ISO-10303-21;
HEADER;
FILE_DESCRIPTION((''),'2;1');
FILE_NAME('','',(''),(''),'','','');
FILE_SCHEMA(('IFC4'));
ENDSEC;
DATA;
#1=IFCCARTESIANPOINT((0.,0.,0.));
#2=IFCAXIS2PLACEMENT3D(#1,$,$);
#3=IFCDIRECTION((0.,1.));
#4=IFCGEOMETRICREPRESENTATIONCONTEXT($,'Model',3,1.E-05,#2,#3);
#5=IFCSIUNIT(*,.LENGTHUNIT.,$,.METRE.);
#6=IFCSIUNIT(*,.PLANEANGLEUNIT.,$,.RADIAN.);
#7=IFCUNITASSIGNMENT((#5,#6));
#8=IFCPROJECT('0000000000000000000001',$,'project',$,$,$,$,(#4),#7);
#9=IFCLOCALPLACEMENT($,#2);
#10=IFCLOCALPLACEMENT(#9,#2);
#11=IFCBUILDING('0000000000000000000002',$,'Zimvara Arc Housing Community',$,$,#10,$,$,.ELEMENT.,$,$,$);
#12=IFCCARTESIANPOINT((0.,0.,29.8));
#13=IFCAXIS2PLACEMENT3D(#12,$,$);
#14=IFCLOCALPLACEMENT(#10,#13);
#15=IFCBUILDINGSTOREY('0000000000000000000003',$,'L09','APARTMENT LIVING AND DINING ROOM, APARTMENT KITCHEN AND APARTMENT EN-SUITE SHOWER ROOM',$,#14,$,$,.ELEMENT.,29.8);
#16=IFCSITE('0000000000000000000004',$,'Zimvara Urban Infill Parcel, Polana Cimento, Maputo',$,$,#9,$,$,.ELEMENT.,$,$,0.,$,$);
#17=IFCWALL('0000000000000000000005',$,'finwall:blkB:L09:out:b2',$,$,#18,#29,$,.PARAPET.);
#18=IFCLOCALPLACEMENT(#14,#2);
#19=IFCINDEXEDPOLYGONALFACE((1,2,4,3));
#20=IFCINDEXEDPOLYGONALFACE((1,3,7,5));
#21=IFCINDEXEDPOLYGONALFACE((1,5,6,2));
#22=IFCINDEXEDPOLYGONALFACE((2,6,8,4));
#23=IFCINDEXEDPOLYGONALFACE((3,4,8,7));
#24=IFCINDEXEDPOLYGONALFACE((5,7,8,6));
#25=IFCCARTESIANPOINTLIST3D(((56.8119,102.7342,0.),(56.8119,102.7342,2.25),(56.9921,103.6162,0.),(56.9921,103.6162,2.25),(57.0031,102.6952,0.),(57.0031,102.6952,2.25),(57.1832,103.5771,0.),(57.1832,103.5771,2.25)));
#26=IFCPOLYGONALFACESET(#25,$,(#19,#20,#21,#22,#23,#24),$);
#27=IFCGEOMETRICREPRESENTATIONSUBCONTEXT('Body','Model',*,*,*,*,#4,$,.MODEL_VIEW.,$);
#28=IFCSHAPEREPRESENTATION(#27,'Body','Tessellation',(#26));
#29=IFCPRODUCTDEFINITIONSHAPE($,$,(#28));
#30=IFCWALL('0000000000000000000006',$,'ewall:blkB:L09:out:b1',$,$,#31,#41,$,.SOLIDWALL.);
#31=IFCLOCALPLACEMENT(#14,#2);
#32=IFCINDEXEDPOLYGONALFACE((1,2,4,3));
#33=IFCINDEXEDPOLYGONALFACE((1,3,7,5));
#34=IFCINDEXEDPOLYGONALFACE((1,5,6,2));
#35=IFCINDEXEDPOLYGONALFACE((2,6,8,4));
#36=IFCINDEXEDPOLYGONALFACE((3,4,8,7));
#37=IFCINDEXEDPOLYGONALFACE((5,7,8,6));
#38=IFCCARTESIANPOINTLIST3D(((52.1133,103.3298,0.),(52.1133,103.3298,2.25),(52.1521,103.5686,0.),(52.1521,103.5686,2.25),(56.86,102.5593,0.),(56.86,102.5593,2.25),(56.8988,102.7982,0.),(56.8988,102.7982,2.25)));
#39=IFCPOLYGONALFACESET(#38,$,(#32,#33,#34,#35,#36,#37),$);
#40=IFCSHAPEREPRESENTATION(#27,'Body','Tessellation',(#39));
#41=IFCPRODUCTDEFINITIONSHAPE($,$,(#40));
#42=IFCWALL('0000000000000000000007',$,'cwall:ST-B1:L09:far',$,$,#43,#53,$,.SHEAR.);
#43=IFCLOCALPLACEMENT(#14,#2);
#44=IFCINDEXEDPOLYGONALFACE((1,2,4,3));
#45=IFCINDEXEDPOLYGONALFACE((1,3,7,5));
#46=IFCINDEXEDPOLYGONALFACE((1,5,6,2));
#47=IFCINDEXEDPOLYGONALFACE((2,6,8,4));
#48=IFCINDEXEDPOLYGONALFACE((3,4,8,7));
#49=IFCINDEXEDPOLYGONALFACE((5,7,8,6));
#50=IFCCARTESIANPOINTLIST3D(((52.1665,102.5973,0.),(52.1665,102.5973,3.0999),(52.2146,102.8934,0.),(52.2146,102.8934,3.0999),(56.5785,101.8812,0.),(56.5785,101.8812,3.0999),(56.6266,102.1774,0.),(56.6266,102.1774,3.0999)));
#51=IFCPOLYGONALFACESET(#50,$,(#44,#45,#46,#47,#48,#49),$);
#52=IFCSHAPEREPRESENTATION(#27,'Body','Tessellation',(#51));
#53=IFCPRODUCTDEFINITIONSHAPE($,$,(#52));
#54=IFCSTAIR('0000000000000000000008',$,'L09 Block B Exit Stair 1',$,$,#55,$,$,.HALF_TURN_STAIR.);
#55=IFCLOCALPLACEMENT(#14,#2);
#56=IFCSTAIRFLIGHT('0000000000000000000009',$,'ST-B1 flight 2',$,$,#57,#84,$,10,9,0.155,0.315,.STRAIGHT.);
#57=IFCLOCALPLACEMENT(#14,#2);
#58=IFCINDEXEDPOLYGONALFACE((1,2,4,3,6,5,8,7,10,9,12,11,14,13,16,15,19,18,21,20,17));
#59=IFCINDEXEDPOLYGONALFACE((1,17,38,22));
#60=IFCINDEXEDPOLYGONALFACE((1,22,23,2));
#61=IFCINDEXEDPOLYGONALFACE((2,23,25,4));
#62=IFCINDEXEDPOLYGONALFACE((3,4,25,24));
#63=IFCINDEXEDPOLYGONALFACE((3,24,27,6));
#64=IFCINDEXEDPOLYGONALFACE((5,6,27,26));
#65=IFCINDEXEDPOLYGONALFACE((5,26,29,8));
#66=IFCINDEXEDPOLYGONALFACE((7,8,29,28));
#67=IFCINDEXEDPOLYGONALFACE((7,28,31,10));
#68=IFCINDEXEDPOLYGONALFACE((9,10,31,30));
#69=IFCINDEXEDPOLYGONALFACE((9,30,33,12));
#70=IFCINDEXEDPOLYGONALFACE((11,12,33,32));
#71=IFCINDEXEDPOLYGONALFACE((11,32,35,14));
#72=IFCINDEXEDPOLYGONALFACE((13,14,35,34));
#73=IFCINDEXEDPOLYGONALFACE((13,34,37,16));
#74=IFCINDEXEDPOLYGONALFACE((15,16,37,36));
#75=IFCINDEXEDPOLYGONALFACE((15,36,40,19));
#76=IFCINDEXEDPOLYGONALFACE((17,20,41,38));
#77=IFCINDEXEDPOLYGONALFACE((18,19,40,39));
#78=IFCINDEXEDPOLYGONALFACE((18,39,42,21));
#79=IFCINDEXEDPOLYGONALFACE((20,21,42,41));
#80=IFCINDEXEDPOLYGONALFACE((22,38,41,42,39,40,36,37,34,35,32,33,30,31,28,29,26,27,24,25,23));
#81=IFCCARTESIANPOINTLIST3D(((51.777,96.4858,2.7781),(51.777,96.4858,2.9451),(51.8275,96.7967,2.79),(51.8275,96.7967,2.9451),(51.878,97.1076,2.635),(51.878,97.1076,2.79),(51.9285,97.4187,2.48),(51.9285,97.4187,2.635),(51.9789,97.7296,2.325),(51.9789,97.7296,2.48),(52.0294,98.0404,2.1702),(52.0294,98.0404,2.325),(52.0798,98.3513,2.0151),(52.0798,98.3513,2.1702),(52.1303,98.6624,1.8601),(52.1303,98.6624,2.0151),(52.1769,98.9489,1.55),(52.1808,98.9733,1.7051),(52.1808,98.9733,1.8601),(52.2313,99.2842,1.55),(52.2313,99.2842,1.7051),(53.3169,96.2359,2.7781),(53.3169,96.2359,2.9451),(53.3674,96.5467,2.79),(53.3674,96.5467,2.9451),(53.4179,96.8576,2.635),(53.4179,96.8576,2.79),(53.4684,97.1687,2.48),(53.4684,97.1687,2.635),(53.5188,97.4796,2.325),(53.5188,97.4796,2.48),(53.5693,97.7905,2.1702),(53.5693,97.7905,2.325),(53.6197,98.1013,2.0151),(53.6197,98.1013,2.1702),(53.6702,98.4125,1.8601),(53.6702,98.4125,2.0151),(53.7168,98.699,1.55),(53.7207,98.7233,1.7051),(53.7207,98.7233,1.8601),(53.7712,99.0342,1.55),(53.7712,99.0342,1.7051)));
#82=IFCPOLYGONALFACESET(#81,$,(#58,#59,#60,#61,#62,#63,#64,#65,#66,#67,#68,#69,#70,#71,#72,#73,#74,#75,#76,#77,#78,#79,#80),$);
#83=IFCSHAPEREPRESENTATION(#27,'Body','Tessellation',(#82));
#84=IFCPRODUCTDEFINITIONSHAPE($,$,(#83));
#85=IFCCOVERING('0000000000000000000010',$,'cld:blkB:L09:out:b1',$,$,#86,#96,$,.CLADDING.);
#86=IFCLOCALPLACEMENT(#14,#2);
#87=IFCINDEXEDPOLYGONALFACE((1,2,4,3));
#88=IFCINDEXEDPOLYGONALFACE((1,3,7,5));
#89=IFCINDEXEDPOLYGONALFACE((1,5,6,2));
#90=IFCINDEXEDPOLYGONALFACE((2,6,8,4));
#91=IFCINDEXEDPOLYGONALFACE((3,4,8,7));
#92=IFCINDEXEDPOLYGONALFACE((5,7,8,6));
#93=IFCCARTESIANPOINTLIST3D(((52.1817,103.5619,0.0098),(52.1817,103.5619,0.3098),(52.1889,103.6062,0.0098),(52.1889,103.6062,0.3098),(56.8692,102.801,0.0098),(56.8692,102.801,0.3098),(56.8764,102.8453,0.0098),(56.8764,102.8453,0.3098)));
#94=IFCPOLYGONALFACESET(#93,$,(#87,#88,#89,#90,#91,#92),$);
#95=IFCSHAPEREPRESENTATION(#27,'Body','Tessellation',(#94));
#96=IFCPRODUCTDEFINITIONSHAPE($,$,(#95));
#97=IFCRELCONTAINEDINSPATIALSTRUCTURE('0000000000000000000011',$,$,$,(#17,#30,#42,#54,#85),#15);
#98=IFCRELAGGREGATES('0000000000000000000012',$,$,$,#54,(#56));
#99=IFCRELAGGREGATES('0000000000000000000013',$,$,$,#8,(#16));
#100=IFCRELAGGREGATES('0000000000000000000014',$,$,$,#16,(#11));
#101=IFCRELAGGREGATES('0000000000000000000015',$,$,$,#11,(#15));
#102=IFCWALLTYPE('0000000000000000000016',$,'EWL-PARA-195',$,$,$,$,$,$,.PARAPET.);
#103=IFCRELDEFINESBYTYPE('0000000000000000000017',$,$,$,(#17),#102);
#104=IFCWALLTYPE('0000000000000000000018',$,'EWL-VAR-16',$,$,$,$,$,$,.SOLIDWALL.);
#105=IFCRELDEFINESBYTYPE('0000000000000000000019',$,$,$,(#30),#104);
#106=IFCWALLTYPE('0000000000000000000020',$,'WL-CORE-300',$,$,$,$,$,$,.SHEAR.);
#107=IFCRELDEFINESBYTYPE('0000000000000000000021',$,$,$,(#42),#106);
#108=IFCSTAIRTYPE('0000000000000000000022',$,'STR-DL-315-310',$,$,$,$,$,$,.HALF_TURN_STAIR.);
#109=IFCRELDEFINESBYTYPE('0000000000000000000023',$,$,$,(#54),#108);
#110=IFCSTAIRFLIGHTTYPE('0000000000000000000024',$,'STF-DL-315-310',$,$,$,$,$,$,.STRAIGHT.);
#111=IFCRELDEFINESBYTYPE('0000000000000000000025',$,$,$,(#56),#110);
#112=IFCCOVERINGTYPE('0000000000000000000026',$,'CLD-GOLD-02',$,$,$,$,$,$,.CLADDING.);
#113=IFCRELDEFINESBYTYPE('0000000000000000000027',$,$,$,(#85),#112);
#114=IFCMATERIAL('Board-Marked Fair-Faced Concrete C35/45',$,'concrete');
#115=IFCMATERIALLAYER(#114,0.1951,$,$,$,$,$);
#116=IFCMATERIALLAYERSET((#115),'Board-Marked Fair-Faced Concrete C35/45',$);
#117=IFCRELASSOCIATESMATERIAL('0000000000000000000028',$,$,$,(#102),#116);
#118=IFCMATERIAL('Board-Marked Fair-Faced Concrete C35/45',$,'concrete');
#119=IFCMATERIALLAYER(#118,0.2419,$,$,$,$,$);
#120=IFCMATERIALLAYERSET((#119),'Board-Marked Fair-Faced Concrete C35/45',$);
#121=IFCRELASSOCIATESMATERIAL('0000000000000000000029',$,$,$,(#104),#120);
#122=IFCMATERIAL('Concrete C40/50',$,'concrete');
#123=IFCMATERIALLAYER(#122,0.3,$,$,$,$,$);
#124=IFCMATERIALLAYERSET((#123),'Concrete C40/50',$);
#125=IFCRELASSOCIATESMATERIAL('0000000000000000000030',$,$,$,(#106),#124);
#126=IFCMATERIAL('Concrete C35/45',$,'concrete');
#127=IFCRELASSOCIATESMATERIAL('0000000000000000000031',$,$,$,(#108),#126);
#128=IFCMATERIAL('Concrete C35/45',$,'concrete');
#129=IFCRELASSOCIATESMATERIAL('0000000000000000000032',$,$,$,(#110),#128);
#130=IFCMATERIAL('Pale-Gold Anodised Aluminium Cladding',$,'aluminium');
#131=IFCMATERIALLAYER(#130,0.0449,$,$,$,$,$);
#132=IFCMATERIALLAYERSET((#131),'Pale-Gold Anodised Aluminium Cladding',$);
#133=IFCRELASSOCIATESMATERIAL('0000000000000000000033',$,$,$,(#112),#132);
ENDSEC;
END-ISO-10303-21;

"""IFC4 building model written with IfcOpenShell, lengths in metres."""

from ifc_helpers import new_model, si_unit, direction, frame, frame_2d, origin, origin_2d, place, context, subcontext, project, spatial, polyline, rectangle, outline, extrude, material, layer, layer_set, type_object, element, aggregate, save


model = new_model("IFC4")

# Units and contexts
model_context = context("Model", 3, precision=1e-05, world=origin(), true_north=direction((0.0, 1.0)))
body_context = subcontext(model_context, "Body", "Model", "MODEL_VIEW")
ifc_project = project(units=[si_unit("LENGTHUNIT", "METRE"), si_unit("PLANEANGLEUNIT", "RADIAN")], contexts=[model_context])

# Site, building, storey
site_placement = place(None, origin())
site = spatial("IfcSite", under=ifc_project, at=site_placement, Name="Zimvara Urban Infill Parcel, Polana Cimento, Maputo", CompositionType="ELEMENT", RefElevation=0.0)
building_placement = place(site_placement, origin())
building = spatial("IfcBuilding", under=site, at=building_placement, Name="Zimvara Arc Housing Community", CompositionType="ELEMENT")
storey_placement = place(building_placement, frame((0.0, 0.0, 29.8)))
storey = spatial("IfcBuildingStorey", under=building, at=storey_placement, Name="L09", Description="APARTMENT LIVING AND DINING ROOM, APARTMENT KITCHEN AND APARTMENT EN-SUITE SHOWER ROOM", CompositionType="ELEMENT", Elevation=29.8)

# Walls
ifc_material_1 = material(Name="Board-Marked Fair-Faced Concrete C35/45", Category="concrete")
ifc_layer_1 = layer(ifc_material_1, 0.1951)
ifc_layer_set_1 = layer_set([ifc_layer_1], Name="Board-Marked Fair-Faced Concrete C35/45")
wall_type_1 = type_object("IfcWallType", Name="EWL-PARA-195", PredefinedType="PARAPET", material=ifc_layer_set_1)
wall_1_placement = place(storey_placement, frame((56.9075, 102.7146, 0.0), z_axis=(0.0, 0.0, 1.0), x_axis=(0.200183, 0.979758, 0.0)))
element("IfcWall", 1, at=wall_1_placement, inside=storey, type_object=wall_type_1, Name="finwall:blkB:L09:out:b2", PredefinedType="PARAPET", context=body_context, shape_type="SweptSolid", body=[
    extrude(rectangle(XDim=0.9001, YDim=0.1951, at=frame_2d((0.4502, 0.0))), origin(), (0.0, 0.0, 1.0), 2.25),
])
ifc_material_2 = material(Name="Board-Marked Fair-Faced Concrete C35/45", Category="concrete")
ifc_layer_2 = layer(ifc_material_2, 0.2419)
ifc_layer_set_2 = layer_set([ifc_layer_2], Name="Board-Marked Fair-Faced Concrete C35/45")
wall_type_2 = type_object("IfcWallType", Name="EWL-VAR-16", PredefinedType="SOLIDWALL", material=ifc_layer_set_2)
wall_2_placement = place(storey_placement, frame((52.1328, 103.4492, 0.0), z_axis=(0.0, 0.0, 1.0), x_axis=(0.987081, -0.160224, 0.0)))
element("IfcWall", 2, at=wall_2_placement, inside=storey, type_object=wall_type_2, Name="ewall:blkB:L09:out:b1", PredefinedType="SOLIDWALL", context=body_context, shape_type="SweptSolid", body=[
    extrude(rectangle(XDim=4.8088, YDim=0.2419, at=frame_2d((2.4043, 0.0))), origin(), (0.0, 0.0, 1.0), 2.25),
])
ifc_material_3 = material(Name="Concrete C40/50", Category="concrete")
ifc_layer_3 = layer(ifc_material_3, 0.3)
ifc_layer_set_3 = layer_set([ifc_layer_3], Name="Concrete C40/50")
wall_type_3 = type_object("IfcWallType", Name="WL-CORE-300", PredefinedType="SHEAR", material=ifc_layer_set_3)
wall_3_placement = place(storey_placement, frame((56.6025, 102.0293, 0.0), z_axis=(0.0, 0.0, 1.0), x_axis=(-0.987085, 0.160199, 0.0)))
element("IfcWall", 3, at=wall_3_placement, inside=storey, type_object=wall_type_3, Name="cwall:ST-B1:L09:far", PredefinedType="SHEAR", context=body_context, shape_type="SweptSolid", body=[
    extrude(rectangle(XDim=4.4697, YDim=0.3, at=frame_2d((2.2349, 0.0))), origin(), (0.0, 0.0, 1.0), 3.0999),
])

# Stair, stair flight
ifc_material_4 = material(Name="Concrete C35/45", Category="concrete")
stair_type = type_object("IfcStairType", Name="STR-DL-315-310", PredefinedType="HALF_TURN_STAIR", material=ifc_material_4)
stair_placement = place(storey_placement, origin())
stair = element("IfcStair", 4, at=stair_placement, inside=storey, type_object=stair_type, Name="L09 Block B Exit Stair 1", PredefinedType="HALF_TURN_STAIR")
ifc_material_5 = material(Name="Concrete C35/45", Category="concrete")
stair_flight_type = type_object("IfcStairFlightType", Name="STF-DL-315-310", PredefinedType="STRAIGHT", material=ifc_material_5)
stair_flight_placement = place(storey_placement, frame((53.0012, 99.1592, 1.55), z_axis=(0.0, 0.0, 1.0), x_axis=(-0.160226, -0.98708, 0.0)))
stair_flight = element("IfcStairFlight", 5, at=stair_flight_placement, type_object=stair_flight_type, Name="ST-B1 flight 2", NumberOfRisers=10, NumberOfTreads=9, PredefinedType="STRAIGHT", RiserHeight=0.155, TreadLength=0.315, context=body_context, shape_type="SweptSolid", body=[
    extrude(outline(polyline([(0.0, 0.0), (0.0, 0.155), (0.3149, 0.155), (0.3149, 0.3101), (0.6299, 0.3101), (0.6299, 0.4651), (0.9451, 0.4651), (0.9451, 0.6201), (1.26, 0.6201), (1.26, 0.7749), (1.575, 0.7749), (1.575, 0.9299), (1.8899, 0.9299), (1.8899, 1.085), (2.2051, 1.085), (2.2051, 1.24), (2.52, 1.24), (2.52, 1.395), (2.835, 1.395), (2.835, 1.55), (2.835, 1.228), (0.3396, 0.0), (0.0, 0.0)])), frame((0.0, 0.78, 0.0), z_axis=(0.0, -1.0, 0.0), x_axis=(1.0, 0.0, 0.0)), (0.0, 0.0, 1.0), 1.5601),
])
aggregate(stair, [stair_flight])

# Covering
ifc_material_6 = material(Name="Pale-Gold Anodised Aluminium Cladding", Category="aluminium")
ifc_layer_4 = layer(ifc_material_6, 0.0449)
ifc_layer_set_4 = layer_set([ifc_layer_4], Name="Pale-Gold Anodised Aluminium Cladding")
covering_type = type_object("IfcCoveringType", Name="CLD-GOLD-02", PredefinedType="CLADDING", material=ifc_layer_set_4)
covering_placement = place(storey_placement, frame((54.5291, 103.2036, 0.0098), z_axis=(0.0, 0.0, 1.0), x_axis=(0.98708, -0.160226, 0.0)))
element("IfcCovering", 6, at=covering_placement, inside=storey, type_object=covering_type, Name="cld:blkB:L09:out:b1", PredefinedType="CLADDING", context=body_context, shape_type="SweptSolid", body=[
    extrude(rectangle(XDim=4.7488, YDim=0.0449, at=origin_2d()), origin(), (0.0, 0.0, 1.0), 0.3),
])

save(model, "model.ifc")
